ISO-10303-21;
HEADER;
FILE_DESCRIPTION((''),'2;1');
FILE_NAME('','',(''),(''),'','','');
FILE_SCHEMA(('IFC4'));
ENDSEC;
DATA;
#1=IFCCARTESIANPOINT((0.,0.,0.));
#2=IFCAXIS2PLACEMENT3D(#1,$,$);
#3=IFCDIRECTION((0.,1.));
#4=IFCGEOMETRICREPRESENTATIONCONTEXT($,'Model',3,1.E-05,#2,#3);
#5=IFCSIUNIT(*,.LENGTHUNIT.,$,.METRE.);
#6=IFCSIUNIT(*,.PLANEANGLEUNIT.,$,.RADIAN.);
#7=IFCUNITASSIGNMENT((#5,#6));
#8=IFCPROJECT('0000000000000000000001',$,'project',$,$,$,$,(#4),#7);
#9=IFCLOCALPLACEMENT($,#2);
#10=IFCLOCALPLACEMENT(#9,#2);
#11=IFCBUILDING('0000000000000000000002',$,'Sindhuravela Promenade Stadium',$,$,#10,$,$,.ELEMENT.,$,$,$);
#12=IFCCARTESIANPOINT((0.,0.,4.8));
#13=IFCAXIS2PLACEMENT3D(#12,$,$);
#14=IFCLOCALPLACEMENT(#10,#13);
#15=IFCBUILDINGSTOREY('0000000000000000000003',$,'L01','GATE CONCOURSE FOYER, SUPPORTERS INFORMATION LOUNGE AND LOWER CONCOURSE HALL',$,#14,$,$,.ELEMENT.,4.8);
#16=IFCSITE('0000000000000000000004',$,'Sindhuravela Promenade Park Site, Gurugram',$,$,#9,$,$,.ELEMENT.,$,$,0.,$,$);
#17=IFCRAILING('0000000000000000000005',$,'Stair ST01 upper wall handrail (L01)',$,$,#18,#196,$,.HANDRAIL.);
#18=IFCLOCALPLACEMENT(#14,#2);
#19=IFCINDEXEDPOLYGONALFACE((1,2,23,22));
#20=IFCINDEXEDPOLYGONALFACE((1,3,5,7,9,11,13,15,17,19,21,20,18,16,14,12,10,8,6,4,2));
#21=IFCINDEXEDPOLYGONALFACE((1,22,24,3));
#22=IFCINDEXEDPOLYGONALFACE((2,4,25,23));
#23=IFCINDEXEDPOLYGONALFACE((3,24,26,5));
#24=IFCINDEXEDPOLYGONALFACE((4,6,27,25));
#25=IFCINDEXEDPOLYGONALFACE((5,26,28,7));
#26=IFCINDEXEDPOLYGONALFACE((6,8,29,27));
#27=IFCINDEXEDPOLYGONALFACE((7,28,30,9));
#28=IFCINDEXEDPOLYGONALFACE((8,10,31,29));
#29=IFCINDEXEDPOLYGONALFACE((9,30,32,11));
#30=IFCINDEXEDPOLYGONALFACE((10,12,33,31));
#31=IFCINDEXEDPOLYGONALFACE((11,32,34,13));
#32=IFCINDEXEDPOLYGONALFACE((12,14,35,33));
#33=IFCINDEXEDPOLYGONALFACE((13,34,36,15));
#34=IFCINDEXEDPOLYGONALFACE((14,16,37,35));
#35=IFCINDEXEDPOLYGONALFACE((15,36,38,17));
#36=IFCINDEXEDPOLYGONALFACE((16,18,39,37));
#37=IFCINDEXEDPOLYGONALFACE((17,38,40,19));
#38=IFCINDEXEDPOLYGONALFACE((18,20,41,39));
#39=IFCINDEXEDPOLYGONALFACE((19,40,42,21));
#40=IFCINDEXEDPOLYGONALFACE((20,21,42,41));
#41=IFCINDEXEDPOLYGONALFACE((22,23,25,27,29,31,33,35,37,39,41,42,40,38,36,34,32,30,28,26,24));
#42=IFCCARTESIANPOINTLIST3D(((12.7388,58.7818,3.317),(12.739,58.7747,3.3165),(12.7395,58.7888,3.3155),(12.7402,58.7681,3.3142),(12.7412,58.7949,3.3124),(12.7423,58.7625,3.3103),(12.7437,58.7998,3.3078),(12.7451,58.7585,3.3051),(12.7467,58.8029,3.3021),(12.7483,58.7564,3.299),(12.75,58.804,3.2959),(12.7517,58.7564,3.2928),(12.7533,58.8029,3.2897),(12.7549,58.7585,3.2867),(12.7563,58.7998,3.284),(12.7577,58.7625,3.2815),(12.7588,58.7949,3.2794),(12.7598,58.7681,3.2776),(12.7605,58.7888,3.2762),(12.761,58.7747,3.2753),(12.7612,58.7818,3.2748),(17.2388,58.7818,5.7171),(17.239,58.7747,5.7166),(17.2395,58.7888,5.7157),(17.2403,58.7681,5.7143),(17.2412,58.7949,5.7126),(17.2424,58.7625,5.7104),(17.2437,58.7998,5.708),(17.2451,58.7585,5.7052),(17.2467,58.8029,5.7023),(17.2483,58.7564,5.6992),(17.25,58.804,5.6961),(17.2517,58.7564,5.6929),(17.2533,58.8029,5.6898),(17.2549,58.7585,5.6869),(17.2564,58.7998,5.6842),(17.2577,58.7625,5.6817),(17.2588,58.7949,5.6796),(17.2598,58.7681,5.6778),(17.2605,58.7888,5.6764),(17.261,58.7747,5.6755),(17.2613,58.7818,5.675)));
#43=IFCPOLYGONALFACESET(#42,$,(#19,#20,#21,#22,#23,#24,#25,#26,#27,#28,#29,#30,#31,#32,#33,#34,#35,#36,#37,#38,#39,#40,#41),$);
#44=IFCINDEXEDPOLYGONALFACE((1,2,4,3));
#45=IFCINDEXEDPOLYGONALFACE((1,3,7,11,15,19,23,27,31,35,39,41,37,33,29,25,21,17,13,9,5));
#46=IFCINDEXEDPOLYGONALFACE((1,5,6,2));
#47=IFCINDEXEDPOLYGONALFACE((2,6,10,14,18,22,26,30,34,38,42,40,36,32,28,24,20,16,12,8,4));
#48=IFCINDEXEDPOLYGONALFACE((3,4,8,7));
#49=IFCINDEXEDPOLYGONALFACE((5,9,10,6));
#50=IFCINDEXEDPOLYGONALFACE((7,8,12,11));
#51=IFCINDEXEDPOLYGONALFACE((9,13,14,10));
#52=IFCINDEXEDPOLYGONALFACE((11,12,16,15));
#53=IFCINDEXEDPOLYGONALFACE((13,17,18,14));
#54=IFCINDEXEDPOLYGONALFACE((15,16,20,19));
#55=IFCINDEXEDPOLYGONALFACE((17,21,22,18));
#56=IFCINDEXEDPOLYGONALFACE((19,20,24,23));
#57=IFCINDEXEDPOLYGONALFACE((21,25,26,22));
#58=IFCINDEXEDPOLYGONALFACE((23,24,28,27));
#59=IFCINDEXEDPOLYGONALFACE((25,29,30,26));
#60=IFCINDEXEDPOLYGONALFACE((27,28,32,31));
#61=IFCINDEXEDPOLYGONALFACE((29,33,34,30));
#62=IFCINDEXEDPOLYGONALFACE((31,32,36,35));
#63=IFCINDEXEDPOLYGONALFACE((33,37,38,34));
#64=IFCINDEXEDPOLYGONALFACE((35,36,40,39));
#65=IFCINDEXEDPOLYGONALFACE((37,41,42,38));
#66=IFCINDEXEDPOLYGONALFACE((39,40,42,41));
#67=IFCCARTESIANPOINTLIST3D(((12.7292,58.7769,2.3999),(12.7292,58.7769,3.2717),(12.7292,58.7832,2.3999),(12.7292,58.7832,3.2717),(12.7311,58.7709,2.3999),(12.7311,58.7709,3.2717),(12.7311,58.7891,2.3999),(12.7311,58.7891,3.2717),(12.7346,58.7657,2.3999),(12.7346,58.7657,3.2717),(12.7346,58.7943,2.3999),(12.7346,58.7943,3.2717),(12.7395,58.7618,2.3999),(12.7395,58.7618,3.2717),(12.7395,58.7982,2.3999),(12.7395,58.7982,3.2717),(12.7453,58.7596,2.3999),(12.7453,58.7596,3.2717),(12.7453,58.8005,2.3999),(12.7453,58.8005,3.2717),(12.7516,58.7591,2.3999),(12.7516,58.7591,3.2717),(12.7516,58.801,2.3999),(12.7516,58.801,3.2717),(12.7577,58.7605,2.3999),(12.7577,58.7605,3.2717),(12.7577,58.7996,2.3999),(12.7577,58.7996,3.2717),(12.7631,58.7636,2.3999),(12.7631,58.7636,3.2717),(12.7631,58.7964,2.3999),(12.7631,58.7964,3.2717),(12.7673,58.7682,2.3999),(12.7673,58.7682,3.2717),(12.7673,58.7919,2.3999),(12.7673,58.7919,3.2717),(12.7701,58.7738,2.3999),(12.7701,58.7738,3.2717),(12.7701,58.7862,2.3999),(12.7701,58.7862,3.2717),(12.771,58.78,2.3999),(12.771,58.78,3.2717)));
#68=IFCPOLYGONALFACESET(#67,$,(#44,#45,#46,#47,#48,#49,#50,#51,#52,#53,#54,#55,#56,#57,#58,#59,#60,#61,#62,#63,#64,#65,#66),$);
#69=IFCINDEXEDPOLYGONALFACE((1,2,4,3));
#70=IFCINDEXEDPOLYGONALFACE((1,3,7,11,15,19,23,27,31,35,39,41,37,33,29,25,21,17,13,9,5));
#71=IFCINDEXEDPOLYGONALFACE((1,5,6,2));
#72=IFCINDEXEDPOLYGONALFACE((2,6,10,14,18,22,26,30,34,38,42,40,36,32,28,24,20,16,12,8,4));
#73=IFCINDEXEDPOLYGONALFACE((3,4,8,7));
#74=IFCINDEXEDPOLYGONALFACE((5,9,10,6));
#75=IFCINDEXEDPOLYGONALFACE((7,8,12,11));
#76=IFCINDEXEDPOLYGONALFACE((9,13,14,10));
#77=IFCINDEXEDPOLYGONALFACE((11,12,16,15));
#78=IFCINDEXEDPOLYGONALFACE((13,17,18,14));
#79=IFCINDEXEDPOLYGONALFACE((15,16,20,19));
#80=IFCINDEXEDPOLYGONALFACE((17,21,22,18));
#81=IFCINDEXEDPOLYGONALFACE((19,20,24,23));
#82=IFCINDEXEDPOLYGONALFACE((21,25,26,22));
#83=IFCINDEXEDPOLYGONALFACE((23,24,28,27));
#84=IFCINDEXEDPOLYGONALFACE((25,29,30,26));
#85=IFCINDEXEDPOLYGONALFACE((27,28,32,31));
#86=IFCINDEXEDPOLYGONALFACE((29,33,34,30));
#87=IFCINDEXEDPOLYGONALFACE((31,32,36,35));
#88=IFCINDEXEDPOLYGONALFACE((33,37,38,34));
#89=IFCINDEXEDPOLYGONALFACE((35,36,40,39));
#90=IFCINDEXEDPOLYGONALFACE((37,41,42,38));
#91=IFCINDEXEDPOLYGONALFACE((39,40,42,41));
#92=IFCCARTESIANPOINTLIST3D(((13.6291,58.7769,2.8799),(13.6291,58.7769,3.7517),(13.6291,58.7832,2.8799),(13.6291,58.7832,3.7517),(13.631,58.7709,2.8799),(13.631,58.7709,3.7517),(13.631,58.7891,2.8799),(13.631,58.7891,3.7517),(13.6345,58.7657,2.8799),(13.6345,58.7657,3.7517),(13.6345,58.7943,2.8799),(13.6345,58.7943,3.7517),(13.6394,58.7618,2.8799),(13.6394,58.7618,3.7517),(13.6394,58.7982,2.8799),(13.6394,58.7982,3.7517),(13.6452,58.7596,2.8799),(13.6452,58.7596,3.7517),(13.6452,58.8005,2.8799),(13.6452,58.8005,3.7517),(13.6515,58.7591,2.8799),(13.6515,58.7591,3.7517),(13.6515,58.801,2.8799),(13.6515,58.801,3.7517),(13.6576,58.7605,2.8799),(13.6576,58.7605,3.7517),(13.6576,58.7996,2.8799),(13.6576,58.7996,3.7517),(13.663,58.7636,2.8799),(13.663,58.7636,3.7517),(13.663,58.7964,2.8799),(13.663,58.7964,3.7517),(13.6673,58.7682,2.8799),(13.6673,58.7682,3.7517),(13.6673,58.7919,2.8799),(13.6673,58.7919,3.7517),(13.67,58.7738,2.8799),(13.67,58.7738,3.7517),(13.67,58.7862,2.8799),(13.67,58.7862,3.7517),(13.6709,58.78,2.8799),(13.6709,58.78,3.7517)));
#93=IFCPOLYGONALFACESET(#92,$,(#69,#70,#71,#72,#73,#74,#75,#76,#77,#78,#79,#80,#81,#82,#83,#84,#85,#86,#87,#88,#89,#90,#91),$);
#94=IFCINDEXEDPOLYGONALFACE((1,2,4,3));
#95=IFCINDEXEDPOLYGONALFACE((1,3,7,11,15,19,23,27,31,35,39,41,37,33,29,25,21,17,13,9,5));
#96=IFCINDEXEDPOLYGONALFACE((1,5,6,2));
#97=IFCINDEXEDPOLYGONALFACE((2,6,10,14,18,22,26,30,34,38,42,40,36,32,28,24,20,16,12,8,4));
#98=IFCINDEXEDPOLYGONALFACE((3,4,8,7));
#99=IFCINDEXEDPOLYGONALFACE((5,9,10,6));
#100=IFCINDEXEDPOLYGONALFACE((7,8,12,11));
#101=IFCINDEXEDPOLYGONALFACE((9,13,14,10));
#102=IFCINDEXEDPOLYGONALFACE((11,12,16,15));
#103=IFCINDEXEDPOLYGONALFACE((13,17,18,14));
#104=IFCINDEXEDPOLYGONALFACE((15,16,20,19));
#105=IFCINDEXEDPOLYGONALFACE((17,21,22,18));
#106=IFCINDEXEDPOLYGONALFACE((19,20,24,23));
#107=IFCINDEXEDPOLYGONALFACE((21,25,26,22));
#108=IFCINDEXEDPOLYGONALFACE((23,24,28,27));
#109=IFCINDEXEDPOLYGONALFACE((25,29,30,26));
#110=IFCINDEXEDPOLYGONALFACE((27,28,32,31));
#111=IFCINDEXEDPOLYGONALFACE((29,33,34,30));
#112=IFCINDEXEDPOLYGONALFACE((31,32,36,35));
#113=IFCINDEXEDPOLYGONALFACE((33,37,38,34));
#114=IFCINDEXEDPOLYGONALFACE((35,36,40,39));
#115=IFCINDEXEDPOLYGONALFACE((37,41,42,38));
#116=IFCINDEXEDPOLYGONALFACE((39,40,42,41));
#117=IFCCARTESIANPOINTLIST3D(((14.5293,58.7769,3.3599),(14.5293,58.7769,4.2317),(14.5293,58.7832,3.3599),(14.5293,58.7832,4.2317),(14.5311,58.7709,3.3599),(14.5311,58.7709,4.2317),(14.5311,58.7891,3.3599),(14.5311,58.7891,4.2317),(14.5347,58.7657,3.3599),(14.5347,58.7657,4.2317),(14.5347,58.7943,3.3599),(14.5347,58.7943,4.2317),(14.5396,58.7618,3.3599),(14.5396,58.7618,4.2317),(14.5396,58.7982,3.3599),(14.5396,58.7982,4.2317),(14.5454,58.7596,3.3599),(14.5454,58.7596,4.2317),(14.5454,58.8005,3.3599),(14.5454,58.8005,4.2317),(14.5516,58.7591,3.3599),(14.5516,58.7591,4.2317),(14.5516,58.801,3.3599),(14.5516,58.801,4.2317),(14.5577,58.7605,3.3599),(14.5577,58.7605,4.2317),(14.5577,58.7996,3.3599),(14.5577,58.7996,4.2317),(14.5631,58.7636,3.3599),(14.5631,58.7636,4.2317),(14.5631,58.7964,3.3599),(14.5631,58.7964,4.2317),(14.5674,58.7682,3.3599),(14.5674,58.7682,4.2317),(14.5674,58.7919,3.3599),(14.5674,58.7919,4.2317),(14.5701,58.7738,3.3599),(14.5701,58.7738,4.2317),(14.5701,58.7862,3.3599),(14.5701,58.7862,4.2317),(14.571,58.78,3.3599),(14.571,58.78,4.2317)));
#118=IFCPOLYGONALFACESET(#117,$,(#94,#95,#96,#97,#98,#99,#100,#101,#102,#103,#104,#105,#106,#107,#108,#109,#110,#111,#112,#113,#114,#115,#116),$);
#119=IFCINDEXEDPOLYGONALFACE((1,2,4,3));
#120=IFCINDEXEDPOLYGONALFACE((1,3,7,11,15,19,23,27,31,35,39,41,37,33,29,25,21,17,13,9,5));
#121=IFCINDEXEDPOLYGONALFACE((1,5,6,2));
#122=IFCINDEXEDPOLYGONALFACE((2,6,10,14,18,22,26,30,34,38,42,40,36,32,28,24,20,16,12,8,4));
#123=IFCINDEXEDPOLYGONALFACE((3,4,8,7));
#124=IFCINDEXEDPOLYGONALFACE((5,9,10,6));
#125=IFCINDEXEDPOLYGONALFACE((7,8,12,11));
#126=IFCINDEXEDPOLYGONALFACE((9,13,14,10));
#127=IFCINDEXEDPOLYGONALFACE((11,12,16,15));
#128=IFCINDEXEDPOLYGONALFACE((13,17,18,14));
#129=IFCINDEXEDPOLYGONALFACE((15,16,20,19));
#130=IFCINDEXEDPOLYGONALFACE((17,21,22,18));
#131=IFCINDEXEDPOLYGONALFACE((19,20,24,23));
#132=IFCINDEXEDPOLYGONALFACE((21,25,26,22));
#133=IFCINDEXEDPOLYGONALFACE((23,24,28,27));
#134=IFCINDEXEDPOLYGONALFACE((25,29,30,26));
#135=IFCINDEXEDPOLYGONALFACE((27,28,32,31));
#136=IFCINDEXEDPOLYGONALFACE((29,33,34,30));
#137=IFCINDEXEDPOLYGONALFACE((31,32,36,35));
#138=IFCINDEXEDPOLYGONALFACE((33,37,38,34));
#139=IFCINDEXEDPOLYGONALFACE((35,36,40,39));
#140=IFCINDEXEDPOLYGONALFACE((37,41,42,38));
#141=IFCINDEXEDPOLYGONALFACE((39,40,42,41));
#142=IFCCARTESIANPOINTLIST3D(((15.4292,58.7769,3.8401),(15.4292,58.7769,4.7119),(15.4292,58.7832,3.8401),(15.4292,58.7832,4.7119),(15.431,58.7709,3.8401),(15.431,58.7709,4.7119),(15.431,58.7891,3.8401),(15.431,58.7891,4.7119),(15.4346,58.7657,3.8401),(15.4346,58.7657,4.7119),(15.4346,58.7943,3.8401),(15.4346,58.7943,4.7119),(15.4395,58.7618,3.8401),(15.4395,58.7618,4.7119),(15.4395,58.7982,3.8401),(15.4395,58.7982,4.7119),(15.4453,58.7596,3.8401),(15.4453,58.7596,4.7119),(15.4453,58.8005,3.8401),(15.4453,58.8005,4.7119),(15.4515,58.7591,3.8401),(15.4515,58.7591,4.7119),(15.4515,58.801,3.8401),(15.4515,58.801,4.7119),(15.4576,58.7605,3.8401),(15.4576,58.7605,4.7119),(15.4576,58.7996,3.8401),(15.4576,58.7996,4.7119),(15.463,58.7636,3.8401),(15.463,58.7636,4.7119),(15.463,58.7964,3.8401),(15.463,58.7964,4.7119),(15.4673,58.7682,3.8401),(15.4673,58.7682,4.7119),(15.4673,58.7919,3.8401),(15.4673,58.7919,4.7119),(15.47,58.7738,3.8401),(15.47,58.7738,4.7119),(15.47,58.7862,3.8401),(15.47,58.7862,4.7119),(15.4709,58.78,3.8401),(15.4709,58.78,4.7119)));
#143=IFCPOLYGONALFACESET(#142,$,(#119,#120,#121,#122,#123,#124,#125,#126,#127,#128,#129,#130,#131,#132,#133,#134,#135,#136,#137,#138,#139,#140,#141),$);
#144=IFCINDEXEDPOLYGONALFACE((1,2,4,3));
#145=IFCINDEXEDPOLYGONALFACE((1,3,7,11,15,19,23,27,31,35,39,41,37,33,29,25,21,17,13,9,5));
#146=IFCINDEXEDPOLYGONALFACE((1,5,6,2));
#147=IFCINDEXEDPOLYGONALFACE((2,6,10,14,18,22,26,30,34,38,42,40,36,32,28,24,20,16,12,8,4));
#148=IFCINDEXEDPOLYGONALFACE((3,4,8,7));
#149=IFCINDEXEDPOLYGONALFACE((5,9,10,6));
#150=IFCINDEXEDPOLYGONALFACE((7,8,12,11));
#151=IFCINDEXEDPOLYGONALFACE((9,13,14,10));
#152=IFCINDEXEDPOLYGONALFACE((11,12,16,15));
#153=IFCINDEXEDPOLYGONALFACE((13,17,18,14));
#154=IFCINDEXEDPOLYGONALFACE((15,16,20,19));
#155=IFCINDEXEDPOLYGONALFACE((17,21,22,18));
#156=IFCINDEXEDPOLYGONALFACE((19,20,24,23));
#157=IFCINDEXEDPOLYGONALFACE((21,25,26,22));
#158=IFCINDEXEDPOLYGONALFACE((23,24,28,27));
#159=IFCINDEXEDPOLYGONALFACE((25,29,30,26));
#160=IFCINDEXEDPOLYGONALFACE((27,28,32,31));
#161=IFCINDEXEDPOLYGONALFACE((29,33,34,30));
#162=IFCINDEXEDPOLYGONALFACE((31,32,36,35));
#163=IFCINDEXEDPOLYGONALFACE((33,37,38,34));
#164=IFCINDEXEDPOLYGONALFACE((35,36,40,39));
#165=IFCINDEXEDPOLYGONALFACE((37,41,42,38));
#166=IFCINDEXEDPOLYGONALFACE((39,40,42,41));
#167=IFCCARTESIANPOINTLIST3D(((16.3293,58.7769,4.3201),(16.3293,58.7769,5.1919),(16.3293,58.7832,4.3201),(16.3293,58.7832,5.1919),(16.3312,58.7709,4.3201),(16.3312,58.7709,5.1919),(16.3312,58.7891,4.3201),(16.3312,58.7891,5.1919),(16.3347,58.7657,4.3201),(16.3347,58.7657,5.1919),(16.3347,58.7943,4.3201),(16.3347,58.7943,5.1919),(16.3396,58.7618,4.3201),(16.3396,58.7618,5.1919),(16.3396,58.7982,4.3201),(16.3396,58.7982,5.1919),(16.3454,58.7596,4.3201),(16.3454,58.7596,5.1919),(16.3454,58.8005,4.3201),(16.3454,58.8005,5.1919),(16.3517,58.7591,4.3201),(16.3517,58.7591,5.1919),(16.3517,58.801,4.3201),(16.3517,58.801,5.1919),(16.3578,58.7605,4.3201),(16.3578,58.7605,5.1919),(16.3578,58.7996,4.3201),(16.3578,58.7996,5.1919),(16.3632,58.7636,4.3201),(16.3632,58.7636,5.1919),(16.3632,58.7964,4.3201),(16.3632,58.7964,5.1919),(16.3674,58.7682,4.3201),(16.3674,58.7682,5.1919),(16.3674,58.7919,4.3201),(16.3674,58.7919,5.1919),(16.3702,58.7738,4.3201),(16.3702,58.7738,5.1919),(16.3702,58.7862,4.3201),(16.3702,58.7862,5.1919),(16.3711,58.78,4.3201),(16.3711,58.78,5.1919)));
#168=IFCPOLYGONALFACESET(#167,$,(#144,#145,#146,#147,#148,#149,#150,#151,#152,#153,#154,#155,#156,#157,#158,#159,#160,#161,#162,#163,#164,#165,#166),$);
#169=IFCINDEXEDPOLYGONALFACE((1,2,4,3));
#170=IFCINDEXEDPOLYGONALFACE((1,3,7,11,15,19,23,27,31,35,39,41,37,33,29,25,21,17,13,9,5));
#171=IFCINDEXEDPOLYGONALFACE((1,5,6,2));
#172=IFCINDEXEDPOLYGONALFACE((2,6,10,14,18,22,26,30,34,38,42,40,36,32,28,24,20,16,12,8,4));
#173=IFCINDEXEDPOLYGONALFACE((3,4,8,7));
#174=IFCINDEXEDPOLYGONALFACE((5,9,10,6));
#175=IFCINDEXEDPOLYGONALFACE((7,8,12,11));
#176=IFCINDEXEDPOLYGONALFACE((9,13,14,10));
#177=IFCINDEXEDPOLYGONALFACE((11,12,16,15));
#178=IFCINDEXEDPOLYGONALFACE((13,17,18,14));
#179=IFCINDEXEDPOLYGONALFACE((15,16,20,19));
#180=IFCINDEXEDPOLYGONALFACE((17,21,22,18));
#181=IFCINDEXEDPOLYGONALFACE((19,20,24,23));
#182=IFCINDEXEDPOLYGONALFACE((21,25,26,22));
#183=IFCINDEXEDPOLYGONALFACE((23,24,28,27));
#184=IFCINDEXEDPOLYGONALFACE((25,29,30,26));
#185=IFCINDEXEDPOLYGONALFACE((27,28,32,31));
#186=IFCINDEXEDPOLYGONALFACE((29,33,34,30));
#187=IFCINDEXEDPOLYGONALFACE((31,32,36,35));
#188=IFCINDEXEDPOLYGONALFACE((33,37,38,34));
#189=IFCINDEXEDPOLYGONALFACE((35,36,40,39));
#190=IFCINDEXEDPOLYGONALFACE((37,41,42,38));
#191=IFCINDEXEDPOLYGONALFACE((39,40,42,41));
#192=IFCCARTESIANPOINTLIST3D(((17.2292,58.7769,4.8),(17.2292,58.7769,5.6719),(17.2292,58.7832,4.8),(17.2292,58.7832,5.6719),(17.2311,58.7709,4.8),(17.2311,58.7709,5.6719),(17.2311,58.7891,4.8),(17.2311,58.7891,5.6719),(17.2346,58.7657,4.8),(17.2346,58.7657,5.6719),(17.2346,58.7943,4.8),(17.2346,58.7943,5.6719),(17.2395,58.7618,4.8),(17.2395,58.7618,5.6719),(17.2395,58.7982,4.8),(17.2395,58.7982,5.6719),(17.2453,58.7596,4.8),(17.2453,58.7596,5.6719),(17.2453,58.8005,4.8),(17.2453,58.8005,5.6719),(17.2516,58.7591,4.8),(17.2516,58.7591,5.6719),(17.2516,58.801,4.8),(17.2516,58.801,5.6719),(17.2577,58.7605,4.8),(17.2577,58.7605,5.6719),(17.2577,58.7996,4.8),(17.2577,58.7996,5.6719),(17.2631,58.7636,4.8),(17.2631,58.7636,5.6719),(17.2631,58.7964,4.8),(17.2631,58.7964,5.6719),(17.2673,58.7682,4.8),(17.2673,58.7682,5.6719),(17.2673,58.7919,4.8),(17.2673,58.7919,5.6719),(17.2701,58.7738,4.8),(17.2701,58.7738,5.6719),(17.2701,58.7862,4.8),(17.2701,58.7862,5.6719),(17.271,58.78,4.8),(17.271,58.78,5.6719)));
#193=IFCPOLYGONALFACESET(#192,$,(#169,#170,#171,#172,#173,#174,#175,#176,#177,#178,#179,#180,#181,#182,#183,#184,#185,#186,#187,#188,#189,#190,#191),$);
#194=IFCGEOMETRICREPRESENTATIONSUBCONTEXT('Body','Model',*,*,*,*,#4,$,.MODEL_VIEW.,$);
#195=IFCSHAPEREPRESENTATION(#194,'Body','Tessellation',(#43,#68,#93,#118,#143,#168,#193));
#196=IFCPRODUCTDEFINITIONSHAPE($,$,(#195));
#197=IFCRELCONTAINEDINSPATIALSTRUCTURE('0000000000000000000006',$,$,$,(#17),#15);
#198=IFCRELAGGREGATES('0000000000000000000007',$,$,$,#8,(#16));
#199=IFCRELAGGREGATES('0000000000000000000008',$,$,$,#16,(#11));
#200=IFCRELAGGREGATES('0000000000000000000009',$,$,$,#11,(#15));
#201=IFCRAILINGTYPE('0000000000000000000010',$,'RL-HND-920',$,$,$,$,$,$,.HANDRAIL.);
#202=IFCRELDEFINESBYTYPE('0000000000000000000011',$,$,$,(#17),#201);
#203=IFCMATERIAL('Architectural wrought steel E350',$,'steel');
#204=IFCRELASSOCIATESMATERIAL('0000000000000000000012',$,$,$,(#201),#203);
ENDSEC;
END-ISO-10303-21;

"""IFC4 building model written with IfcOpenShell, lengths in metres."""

from ifc_helpers import new_model, si_unit, direction, frame, origin, origin_2d, place, context, subcontext, project, spatial, circle, extrude, material, type_object, element, save


model = new_model("IFC4")

# Units and contexts
model_context = context("Model", 3, precision=1e-05, world=origin(), true_north=direction((0.0, 1.0)))
body_context = subcontext(model_context, "Body", "Model", "MODEL_VIEW")
ifc_project = project(units=[si_unit("LENGTHUNIT", "METRE"), si_unit("PLANEANGLEUNIT", "RADIAN")], contexts=[model_context])

# Site, building, storey
site_placement = place(None, origin())
site = spatial("IfcSite", under=ifc_project, at=site_placement, Name="Sindhuravela Promenade Park Site, Gurugram", CompositionType="ELEMENT", RefElevation=0.0)
building_placement = place(site_placement, origin())
building = spatial("IfcBuilding", under=site, at=building_placement, Name="Sindhuravela Promenade Stadium", CompositionType="ELEMENT")
storey_placement = place(building_placement, frame((0.0, 0.0, 4.8)))
storey = spatial("IfcBuildingStorey", under=building, at=storey_placement, Name="L01", Description="GATE CONCOURSE FOYER, SUPPORTERS INFORMATION LOUNGE AND LOWER CONCOURSE HALL", CompositionType="ELEMENT", Elevation=4.8)

# Shared definitions
ifc_material_1 = material(Name="Architectural wrought steel E350", Category="steel")

# Railing
railing_type_1 = type_object("IfcRailingType", Name="RL-HND-920", PredefinedType="HANDRAIL", material=ifc_material_1)
railing_1_placement = place(storey_placement, frame((12.75, 58.78, 2.3999)))
element("IfcRailing", 1, at=railing_1_placement, inside=storey, type_object=railing_type_1, Name="Stair ST01 upper wall handrail (L01)", PredefinedType="HANDRAIL", context=body_context, shape_type="SweptSolid", body=[
    extrude(circle(Radius=0.0239, at=origin_2d()), frame((0.0, 0.0, 0.896), z_axis=(0.882341, 0.0, 0.470611), x_axis=(0.0, 1.0, 0.0)), (0.0, 0.0, 1.0), 5.1001),
    extrude(circle(Radius=0.021, at=origin_2d()), origin(), (0.0, 0.0, 1.0), 0.8718),
    extrude(circle(Radius=0.021, at=origin_2d()), frame((0.8999, 0.0, 0.48)), (0.0, 0.0, 1.0), 0.8718),
    extrude(circle(Radius=0.021, at=origin_2d()), frame((1.8, 0.0, 0.96)), (0.0, 0.0, 1.0), 0.8718),
    extrude(circle(Radius=0.021, at=origin_2d()), frame((2.7, 0.0, 1.4402)), (0.0, 0.0, 1.0), 0.8718),
    extrude(circle(Radius=0.021, at=origin_2d()), frame((3.6001, 0.0, 1.9202)), (0.0, 0.0, 1.0), 0.8718),
    extrude(circle(Radius=0.021, at=origin_2d()), frame((4.5, 0.0, 2.4001)), (0.0, 0.0, 1.0), 0.8718),
])

save(model, "model.ifc")
